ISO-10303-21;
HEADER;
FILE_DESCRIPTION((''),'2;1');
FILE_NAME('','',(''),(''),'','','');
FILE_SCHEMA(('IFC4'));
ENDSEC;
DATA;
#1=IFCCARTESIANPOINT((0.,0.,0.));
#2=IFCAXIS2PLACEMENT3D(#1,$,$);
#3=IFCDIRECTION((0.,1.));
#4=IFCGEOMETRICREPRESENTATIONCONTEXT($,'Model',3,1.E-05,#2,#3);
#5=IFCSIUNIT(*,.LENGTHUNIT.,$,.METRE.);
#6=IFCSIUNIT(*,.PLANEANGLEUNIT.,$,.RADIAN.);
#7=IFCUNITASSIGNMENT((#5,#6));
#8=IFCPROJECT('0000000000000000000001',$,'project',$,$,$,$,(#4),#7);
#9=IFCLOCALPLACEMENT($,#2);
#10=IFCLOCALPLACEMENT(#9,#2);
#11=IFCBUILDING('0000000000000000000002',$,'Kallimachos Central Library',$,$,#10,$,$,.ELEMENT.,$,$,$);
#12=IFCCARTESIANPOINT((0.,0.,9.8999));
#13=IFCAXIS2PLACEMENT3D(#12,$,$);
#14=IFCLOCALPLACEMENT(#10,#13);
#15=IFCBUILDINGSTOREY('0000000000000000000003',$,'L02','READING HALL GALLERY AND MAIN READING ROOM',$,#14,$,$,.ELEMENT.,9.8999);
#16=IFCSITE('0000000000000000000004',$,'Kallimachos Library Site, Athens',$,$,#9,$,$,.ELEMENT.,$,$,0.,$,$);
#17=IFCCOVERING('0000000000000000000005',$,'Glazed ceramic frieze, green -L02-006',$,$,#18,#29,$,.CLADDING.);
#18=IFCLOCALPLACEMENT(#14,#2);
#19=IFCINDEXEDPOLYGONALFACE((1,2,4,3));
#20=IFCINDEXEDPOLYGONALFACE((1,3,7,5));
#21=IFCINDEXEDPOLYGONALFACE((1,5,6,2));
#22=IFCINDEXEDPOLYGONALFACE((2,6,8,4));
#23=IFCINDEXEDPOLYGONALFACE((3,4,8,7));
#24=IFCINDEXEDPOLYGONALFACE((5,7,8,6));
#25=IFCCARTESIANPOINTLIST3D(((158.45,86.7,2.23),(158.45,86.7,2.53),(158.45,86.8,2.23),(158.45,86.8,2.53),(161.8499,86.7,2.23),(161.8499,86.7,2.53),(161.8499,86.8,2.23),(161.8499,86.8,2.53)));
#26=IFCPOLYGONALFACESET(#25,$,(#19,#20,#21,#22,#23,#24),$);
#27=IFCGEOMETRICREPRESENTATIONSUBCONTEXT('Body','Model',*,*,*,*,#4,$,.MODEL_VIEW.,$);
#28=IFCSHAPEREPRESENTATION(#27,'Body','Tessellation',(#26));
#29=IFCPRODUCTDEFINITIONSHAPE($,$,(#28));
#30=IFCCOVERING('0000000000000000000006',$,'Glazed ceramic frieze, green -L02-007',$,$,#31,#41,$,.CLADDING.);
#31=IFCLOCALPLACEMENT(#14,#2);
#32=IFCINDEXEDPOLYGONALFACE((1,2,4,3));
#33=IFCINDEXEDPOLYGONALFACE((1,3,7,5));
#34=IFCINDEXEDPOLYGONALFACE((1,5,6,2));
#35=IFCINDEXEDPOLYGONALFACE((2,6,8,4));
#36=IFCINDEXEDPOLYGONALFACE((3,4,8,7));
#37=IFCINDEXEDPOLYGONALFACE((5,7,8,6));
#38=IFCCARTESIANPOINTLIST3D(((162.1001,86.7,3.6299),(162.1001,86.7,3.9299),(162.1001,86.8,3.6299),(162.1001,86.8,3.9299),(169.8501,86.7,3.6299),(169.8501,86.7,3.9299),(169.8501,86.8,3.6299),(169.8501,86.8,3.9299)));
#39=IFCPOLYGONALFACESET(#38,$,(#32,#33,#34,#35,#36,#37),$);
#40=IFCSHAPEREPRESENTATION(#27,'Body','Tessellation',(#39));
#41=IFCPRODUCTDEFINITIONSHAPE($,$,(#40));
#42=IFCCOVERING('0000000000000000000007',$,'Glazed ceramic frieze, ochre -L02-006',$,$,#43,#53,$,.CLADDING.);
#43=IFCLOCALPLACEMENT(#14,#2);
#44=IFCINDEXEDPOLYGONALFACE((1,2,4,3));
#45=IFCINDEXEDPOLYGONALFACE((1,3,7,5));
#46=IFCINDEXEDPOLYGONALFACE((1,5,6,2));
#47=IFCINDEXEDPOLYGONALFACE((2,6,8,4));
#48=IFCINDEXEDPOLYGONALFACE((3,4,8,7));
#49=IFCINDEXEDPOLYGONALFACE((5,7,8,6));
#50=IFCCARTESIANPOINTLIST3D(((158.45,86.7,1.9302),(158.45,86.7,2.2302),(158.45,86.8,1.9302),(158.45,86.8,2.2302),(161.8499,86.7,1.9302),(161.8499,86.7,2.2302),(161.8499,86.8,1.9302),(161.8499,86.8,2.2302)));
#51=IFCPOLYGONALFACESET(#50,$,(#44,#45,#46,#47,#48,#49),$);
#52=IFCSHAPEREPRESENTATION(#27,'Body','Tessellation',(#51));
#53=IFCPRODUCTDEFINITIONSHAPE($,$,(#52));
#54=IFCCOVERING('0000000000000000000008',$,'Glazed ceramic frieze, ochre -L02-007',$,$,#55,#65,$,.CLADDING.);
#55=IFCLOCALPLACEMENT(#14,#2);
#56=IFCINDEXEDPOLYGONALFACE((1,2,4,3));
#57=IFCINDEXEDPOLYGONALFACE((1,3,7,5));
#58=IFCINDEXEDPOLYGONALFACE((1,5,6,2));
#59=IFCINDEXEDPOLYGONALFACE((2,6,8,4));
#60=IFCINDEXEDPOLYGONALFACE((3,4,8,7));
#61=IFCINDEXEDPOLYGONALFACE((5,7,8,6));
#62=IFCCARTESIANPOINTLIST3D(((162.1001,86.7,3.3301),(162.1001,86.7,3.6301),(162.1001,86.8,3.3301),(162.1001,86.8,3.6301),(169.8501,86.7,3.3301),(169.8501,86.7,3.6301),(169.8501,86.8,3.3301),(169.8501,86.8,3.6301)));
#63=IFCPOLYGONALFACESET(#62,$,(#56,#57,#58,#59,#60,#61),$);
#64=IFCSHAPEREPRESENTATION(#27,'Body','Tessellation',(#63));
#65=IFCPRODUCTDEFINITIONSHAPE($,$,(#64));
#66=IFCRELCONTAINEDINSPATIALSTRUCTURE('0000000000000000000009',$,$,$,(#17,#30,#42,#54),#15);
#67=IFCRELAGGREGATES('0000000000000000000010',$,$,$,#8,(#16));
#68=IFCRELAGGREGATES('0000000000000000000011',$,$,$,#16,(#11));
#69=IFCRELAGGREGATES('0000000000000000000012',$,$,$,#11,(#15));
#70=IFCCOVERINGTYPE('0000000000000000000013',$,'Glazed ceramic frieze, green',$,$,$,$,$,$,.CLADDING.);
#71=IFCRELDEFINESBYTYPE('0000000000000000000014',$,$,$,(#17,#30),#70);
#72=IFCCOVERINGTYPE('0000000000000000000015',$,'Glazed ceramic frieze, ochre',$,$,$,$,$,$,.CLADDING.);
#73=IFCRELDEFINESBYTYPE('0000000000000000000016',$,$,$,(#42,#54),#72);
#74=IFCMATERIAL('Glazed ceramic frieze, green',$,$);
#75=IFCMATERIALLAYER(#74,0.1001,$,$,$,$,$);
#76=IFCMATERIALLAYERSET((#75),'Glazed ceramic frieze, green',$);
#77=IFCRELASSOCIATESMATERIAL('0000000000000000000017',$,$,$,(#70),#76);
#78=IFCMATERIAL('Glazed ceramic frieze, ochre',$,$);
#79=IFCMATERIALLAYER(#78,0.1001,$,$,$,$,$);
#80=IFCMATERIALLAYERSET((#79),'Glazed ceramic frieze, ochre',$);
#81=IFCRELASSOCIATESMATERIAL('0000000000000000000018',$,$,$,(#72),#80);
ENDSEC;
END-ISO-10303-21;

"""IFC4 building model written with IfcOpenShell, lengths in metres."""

from ifc_helpers import new_model, si_unit, direction, frame, origin, origin_2d, place, context, subcontext, project, spatial, rectangle, extrude, material, layer, layer_set, type_object, element, save


model = new_model("IFC4")

# Units and contexts
model_context = context("Model", 3, precision=1e-05, world=origin(), true_north=direction((0.0, 1.0)))
body_context = subcontext(model_context, "Body", "Model", "MODEL_VIEW")
ifc_project = project(units=[si_unit("LENGTHUNIT", "METRE"), si_unit("PLANEANGLEUNIT", "RADIAN")], contexts=[model_context])

# Site, building, storey
site_placement = place(None, origin())
site = spatial("IfcSite", under=ifc_project, at=site_placement, Name="Kallimachos Library Site, Athens", CompositionType="ELEMENT", RefElevation=0.0)
building_placement = place(site_placement, origin())
building = spatial("IfcBuilding", under=site, at=building_placement, Name="Kallimachos Central Library", CompositionType="ELEMENT")
storey_placement = place(building_placement, frame((0.0, 0.0, 9.8999)))
storey = spatial("IfcBuildingStorey", under=building, at=storey_placement, Name="L02", Description="READING HALL GALLERY AND MAIN READING ROOM", CompositionType="ELEMENT", Elevation=9.8999)

# Coverings
ifc_material_1 = material(Name="Glazed ceramic frieze, green")
ifc_layer_1 = layer(ifc_material_1, 0.1001)
ifc_layer_set_1 = layer_set([ifc_layer_1], Name="Glazed ceramic frieze, green")
covering_type_1 = type_object("IfcCoveringType", Name="Glazed ceramic frieze, green", PredefinedType="CLADDING", material=ifc_layer_set_1)
covering_1_placement = place(storey_placement, frame((160.1499, 86.75, 2.23), z_axis=(0.0, 0.0, 1.0), x_axis=(1.0, 0.0, 0.0)))
element("IfcCovering", 1, at=covering_1_placement, inside=storey, type_object=covering_type_1, Name="Glazed ceramic frieze, green -L02-006", PredefinedType="CLADDING", context=body_context, shape_type="SweptSolid", body=[
    extrude(rectangle(XDim=3.3999, YDim=0.1001, at=origin_2d()), origin(), (0.0, 0.0, 1.0), 0.3),
])
covering_2_placement = place(storey_placement, frame((165.9751, 86.75, 3.6299), z_axis=(0.0, 0.0, 1.0), x_axis=(1.0, 0.0, 0.0)))
element("IfcCovering", 2, at=covering_2_placement, inside=storey, type_object=covering_type_1, Name="Glazed ceramic frieze, green -L02-007", PredefinedType="CLADDING", context=body_context, shape_type="SweptSolid", body=[
    extrude(rectangle(XDim=7.75, YDim=0.1001, at=origin_2d()), origin(), (0.0, 0.0, 1.0), 0.3),
])
ifc_material_2 = material(Name="Glazed ceramic frieze, ochre")
ifc_layer_2 = layer(ifc_material_2, 0.1001)
ifc_layer_set_2 = layer_set([ifc_layer_2], Name="Glazed ceramic frieze, ochre")
covering_type_2 = type_object("IfcCoveringType", Name="Glazed ceramic frieze, ochre", PredefinedType="CLADDING", material=ifc_layer_set_2)
covering_3_placement = place(storey_placement, frame((160.1499, 86.75, 1.9302), z_axis=(0.0, 0.0, 1.0), x_axis=(1.0, 0.0, 0.0)))
element("IfcCovering", 3, at=covering_3_placement, inside=storey, type_object=covering_type_2, Name="Glazed ceramic frieze, ochre -L02-006", PredefinedType="CLADDING", context=body_context, shape_type="SweptSolid", body=[
    extrude(rectangle(XDim=3.3999, YDim=0.1001, at=origin_2d()), origin(), (0.0, 0.0, 1.0), 0.3),
])
covering_4_placement = place(storey_placement, frame((165.9751, 86.75, 3.3301), z_axis=(0.0, 0.0, 1.0), x_axis=(1.0, 0.0, 0.0)))
element("IfcCovering", 4, at=covering_4_placement, inside=storey, type_object=covering_type_2, Name="Glazed ceramic frieze, ochre -L02-007", PredefinedType="CLADDING", context=body_context, shape_type="SweptSolid", body=[
    extrude(rectangle(XDim=7.75, YDim=0.1001, at=origin_2d()), origin(), (0.0, 0.0, 1.0), 0.3),
])

save(model, "model.ifc")
